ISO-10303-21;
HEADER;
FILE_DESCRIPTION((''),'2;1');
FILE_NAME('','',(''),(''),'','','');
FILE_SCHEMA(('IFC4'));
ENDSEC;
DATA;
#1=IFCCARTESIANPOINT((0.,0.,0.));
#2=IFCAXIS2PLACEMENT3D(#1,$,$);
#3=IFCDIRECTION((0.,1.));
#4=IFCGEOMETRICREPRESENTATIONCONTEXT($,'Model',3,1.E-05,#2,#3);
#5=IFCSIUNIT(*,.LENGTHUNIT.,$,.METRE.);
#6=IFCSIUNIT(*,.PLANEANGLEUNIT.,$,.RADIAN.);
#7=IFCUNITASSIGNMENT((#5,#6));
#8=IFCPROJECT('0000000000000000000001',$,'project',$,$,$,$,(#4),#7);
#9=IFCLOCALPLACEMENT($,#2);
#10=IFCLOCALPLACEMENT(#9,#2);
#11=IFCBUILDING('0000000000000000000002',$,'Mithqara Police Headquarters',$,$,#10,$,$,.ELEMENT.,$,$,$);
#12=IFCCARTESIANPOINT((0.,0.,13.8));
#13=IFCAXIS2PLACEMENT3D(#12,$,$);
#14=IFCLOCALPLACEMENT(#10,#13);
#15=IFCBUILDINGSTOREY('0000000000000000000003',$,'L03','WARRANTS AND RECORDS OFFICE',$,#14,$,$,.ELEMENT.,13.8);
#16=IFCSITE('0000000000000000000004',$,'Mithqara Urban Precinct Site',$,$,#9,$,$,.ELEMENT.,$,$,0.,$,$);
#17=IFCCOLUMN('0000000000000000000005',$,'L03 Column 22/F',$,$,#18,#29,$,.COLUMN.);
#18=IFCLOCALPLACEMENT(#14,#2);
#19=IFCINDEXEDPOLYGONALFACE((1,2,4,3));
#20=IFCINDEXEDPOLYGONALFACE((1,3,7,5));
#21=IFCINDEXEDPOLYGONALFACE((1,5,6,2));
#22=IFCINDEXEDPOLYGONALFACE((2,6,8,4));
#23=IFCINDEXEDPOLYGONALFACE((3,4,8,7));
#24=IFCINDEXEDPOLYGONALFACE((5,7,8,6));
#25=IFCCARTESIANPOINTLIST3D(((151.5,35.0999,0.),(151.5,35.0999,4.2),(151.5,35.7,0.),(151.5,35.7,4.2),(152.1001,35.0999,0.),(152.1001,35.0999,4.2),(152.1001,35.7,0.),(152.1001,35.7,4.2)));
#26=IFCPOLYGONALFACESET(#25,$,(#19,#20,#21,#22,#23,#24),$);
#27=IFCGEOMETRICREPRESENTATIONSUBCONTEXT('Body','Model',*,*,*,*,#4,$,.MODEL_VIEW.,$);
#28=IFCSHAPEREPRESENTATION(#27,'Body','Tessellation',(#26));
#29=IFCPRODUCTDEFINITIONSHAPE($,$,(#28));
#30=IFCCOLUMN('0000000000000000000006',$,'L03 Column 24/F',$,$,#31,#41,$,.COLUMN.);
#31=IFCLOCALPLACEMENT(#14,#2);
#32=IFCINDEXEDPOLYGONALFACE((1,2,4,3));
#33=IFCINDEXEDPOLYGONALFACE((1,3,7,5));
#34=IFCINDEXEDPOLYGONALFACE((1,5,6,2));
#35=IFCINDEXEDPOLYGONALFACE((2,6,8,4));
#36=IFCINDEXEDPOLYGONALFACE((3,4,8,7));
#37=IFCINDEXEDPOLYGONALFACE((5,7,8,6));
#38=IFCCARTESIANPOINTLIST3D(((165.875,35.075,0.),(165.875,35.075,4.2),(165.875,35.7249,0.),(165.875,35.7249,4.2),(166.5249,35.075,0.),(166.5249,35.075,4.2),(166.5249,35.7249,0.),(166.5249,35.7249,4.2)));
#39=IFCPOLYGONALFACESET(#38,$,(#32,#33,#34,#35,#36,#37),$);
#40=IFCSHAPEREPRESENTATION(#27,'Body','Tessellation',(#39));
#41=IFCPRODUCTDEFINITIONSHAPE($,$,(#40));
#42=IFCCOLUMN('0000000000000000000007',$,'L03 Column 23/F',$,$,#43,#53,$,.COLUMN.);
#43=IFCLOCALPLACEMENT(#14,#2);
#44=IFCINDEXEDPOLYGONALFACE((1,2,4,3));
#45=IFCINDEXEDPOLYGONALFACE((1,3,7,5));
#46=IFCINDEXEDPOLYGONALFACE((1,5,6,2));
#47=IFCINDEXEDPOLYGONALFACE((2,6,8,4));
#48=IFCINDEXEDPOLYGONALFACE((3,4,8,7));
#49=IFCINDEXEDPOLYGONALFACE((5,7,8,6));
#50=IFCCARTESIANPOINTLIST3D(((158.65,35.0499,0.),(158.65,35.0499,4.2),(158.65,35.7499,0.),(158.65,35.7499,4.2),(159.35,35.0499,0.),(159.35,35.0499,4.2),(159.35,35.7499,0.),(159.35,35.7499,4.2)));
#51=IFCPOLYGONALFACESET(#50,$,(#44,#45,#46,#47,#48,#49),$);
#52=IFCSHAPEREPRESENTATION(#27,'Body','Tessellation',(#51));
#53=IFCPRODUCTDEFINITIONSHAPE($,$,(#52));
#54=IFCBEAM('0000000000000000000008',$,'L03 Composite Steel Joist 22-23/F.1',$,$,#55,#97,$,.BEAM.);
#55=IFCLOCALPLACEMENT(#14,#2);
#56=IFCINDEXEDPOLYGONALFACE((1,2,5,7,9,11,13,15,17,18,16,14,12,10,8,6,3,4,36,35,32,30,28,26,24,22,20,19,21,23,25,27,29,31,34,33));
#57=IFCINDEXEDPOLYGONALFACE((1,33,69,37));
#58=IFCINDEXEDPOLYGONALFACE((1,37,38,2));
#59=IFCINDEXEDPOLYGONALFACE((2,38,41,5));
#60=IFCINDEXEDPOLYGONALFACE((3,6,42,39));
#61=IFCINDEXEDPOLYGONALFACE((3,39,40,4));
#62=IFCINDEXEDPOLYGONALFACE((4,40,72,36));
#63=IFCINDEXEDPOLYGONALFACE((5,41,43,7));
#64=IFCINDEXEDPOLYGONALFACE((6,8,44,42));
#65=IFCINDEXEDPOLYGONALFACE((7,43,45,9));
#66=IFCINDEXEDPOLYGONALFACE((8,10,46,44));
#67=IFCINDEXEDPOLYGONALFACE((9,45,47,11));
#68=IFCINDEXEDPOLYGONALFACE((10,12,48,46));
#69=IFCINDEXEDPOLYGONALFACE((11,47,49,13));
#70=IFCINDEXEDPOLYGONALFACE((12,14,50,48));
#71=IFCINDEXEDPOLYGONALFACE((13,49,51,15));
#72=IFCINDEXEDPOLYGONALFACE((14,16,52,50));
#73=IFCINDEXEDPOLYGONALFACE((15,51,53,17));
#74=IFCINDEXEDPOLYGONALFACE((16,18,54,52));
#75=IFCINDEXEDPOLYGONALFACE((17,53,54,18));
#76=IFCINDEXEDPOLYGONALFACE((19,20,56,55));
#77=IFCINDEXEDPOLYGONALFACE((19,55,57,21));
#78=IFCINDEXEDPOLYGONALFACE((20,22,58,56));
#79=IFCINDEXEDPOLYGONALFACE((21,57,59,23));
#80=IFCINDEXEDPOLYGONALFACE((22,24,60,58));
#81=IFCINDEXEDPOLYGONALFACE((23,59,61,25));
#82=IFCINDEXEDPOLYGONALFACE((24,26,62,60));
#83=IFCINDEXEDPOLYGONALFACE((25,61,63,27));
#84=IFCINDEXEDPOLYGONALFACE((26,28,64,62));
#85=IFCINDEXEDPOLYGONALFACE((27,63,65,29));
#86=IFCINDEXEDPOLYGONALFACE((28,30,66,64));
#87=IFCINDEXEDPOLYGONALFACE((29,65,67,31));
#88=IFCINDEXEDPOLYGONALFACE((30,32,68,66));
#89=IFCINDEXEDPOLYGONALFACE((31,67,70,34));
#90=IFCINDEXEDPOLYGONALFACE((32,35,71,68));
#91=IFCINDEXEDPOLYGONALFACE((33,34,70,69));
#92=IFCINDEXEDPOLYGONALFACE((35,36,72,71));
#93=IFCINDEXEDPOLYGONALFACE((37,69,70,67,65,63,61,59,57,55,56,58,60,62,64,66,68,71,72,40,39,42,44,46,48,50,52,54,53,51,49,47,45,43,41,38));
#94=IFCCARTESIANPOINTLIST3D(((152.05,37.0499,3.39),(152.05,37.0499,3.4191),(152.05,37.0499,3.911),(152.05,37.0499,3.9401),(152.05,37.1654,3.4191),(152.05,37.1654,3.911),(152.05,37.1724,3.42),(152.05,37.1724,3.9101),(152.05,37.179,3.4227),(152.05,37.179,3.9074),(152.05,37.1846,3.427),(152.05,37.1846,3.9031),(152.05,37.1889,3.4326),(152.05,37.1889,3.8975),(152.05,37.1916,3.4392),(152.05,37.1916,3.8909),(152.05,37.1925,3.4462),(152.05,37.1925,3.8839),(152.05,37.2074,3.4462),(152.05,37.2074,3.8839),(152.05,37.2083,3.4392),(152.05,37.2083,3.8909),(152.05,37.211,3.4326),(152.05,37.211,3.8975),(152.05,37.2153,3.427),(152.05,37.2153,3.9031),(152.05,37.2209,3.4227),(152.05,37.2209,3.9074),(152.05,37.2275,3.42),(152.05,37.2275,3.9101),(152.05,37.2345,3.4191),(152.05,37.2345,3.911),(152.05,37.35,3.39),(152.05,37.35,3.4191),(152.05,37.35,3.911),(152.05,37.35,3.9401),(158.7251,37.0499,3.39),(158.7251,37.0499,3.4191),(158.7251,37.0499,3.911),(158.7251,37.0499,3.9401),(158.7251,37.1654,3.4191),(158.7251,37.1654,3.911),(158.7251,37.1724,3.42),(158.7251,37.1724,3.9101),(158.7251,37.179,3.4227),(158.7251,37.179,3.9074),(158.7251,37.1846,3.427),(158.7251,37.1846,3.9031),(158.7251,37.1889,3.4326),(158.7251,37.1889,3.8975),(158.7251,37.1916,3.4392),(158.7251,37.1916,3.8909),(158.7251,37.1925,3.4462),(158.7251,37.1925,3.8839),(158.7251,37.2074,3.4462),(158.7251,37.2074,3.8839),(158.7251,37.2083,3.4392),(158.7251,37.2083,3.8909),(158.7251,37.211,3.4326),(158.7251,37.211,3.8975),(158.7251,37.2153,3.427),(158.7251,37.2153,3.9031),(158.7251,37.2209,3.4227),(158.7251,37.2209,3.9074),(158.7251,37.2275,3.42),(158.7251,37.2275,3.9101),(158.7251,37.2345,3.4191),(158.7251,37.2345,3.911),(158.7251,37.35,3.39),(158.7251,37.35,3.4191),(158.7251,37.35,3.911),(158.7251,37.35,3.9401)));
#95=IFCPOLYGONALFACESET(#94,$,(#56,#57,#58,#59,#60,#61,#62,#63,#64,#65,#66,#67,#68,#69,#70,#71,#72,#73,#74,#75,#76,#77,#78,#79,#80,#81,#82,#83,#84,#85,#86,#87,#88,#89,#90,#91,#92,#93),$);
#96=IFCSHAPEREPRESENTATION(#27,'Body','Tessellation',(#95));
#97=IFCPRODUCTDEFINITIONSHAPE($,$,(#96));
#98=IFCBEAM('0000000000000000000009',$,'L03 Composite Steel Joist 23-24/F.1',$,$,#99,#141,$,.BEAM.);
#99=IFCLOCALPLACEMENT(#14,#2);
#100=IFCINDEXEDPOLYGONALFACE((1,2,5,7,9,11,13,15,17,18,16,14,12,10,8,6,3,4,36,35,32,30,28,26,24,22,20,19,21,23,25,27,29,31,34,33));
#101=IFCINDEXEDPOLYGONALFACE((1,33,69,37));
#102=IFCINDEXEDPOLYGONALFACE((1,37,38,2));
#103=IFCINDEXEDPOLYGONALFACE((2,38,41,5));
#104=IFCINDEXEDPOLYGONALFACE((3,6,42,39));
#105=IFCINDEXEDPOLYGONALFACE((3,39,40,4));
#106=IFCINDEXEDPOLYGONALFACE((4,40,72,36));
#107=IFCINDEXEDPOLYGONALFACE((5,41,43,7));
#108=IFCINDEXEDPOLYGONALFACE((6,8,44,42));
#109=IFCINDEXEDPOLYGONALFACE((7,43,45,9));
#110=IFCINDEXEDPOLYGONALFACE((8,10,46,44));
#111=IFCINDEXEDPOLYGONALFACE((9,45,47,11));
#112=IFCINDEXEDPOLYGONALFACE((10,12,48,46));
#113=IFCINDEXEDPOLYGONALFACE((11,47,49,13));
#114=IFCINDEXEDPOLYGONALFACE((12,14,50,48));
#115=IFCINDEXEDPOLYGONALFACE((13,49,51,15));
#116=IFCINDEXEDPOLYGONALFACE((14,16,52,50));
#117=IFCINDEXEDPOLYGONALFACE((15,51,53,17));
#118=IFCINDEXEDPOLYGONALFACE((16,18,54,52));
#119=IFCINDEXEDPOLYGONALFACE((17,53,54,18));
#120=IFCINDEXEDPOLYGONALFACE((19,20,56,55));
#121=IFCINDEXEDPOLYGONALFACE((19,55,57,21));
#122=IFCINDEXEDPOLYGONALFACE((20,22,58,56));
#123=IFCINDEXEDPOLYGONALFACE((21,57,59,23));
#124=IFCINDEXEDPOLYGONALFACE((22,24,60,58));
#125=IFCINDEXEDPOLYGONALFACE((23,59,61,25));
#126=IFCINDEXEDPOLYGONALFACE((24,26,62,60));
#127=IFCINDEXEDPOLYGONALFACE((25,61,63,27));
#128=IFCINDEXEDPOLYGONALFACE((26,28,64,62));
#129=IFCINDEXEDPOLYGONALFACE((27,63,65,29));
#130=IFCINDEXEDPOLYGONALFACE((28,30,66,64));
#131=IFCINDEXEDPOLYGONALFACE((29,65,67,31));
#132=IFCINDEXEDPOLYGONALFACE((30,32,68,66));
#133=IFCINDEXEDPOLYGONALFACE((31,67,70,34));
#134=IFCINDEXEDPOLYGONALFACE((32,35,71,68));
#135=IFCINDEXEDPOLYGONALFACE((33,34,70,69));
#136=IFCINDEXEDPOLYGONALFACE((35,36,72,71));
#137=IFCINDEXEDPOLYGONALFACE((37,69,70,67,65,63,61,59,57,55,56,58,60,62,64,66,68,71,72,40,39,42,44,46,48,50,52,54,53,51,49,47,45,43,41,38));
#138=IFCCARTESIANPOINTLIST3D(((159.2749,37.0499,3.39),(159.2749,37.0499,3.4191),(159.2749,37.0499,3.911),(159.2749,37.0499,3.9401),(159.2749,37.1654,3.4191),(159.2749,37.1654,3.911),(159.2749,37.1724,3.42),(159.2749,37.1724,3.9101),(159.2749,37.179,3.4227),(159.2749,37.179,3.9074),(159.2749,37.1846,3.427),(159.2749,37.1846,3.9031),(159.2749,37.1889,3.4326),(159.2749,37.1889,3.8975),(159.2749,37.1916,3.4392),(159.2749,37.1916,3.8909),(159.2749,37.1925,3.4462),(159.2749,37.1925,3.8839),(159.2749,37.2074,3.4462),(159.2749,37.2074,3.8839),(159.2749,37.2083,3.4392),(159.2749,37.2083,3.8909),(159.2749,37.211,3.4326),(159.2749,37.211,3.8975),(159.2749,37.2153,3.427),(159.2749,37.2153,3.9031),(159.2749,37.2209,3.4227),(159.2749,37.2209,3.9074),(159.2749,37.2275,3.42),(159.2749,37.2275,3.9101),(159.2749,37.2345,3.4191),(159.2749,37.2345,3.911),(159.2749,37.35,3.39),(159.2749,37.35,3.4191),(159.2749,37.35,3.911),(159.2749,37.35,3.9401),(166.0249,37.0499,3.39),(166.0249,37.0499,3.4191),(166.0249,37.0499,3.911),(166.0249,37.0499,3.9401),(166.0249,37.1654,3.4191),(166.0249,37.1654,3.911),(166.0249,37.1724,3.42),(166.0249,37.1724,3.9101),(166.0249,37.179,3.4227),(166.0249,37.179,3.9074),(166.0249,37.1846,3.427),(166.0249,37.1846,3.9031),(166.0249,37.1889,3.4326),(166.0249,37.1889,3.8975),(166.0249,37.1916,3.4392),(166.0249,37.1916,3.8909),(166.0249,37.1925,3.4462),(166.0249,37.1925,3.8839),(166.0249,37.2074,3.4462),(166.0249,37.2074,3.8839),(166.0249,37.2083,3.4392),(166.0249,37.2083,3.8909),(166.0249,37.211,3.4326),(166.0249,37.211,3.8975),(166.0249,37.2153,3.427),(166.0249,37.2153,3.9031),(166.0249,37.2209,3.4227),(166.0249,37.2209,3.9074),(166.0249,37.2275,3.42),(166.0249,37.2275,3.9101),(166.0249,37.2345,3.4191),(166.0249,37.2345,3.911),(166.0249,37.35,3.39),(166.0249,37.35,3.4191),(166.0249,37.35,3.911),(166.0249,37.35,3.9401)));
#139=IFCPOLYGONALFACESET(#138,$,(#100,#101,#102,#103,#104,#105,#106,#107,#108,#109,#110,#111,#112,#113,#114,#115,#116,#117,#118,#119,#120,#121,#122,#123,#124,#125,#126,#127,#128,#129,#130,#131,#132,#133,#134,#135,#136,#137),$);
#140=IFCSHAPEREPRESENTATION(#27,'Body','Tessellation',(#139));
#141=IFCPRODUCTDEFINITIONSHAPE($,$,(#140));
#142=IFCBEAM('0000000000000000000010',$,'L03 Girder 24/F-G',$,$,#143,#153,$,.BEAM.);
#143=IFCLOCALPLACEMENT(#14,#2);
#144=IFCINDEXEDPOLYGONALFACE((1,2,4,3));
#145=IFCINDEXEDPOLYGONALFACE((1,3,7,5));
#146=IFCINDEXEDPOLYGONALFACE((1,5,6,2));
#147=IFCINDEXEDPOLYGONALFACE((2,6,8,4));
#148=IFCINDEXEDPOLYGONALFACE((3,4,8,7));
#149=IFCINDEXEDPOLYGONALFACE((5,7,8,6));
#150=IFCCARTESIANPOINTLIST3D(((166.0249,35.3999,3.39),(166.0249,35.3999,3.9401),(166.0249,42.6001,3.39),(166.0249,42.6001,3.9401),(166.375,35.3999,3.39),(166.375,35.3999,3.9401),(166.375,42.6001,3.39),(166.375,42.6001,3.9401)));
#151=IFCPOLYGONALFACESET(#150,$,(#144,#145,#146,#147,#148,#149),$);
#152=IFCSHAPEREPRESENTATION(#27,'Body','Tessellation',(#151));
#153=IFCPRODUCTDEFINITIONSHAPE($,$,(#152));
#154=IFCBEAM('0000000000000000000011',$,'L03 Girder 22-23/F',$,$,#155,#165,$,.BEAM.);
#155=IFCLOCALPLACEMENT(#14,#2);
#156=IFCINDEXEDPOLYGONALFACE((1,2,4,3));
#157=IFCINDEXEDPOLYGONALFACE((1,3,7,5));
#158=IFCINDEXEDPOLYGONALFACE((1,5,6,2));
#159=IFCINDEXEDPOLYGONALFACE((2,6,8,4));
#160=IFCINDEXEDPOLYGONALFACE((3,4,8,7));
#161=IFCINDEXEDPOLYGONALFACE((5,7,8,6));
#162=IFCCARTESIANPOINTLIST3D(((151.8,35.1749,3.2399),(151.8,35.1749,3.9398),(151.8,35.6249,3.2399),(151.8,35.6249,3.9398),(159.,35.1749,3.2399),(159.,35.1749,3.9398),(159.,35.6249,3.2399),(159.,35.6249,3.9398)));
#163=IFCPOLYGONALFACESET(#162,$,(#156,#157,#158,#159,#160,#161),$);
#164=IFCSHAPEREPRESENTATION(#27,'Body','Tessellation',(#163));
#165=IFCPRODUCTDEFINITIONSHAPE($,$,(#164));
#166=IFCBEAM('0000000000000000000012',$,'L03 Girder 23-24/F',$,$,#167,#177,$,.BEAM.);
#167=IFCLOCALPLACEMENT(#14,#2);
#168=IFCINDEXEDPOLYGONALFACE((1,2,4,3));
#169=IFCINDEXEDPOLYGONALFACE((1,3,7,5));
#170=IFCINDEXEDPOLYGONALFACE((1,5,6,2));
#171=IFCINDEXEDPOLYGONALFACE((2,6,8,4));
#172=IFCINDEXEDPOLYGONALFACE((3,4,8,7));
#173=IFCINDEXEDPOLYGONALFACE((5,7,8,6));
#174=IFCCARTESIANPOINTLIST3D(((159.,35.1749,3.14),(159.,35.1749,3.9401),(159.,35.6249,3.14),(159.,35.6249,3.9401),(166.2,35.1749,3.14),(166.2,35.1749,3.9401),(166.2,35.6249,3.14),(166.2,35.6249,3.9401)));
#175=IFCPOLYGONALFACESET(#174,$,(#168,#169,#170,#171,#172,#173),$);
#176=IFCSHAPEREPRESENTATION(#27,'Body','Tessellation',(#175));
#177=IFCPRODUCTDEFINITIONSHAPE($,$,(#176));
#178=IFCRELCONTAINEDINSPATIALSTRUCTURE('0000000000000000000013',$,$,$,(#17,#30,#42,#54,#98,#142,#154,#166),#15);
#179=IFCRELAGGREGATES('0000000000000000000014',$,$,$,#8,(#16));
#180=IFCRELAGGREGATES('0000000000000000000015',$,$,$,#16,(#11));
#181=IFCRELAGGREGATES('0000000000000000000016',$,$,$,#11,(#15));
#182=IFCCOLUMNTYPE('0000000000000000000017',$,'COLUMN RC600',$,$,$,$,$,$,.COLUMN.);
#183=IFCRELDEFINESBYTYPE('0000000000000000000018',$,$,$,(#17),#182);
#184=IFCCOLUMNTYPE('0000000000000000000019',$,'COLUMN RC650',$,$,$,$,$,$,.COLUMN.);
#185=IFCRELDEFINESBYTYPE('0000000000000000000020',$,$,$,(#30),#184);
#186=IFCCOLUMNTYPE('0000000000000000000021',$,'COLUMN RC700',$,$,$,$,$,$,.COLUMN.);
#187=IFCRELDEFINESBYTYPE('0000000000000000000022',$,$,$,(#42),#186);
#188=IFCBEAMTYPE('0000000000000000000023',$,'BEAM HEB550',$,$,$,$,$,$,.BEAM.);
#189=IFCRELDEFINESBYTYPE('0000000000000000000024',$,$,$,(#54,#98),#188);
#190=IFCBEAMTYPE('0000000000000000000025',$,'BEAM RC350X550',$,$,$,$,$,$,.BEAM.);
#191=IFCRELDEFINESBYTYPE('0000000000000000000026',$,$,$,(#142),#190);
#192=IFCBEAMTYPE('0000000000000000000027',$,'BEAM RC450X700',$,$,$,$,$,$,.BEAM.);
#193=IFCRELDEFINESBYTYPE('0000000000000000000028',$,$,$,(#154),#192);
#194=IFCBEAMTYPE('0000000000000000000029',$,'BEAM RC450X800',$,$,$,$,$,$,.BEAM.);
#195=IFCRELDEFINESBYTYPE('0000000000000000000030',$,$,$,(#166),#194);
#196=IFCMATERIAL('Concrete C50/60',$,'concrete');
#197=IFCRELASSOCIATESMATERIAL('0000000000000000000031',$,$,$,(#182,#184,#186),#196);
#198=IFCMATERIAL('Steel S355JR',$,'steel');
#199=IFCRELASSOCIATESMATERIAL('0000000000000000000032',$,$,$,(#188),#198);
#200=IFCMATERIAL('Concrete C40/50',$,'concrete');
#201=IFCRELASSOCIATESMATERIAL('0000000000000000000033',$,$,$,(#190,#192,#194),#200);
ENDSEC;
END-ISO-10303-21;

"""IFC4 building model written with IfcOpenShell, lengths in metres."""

from ifc_helpers import new_model, si_unit, direction, frame, origin, origin_2d, place, context, subcontext, project, spatial, rectangle, i_section, extrude, material, material_profile, profile_set, type_object, element, save


model = new_model("IFC4")

# Units and contexts
model_context = context("Model", 3, precision=1e-05, world=origin(), true_north=direction((0.0, 1.0)))
body_context = subcontext(model_context, "Body", "Model", "MODEL_VIEW")
ifc_project = project(units=[si_unit("LENGTHUNIT", "METRE"), si_unit("PLANEANGLEUNIT", "RADIAN")], contexts=[model_context])

# Site, building, storey
site_placement = place(None, origin())
site = spatial("IfcSite", under=ifc_project, at=site_placement, Name="Mithqara Urban Precinct Site", CompositionType="ELEMENT", RefElevation=0.0)
building_placement = place(site_placement, origin())
building = spatial("IfcBuilding", under=site, at=building_placement, Name="Mithqara Police Headquarters", CompositionType="ELEMENT")
storey_placement = place(building_placement, frame((0.0, 0.0, 13.8)))
storey = spatial("IfcBuildingStorey", under=building, at=storey_placement, Name="L03", Description="WARRANTS AND RECORDS OFFICE", CompositionType="ELEMENT", Elevation=13.8)

# Columns
ifc_material_1 = material(Name="Concrete C50/60", Category="concrete")
ifc_material_profile_1 = material_profile(ifc_material_1, rectangle(XDim=0.6001, YDim=0.6001, at=origin_2d()), Name="RC 600x600")
ifc_profile_set_1 = profile_set([ifc_material_profile_1], Name="Concrete C50/60")
column_type_1 = type_object("IfcColumnType", Name="COLUMN RC600", PredefinedType="COLUMN", material=ifc_profile_set_1)
column_1_placement = place(storey_placement, frame((151.8, 35.3999, 0.0), z_axis=(0.0, 0.0, 1.0), x_axis=(1.0, 0.0, 0.0)))
element("IfcColumn", 1, at=column_1_placement, inside=storey, type_object=column_type_1, Name="L03 Column 22/F", PredefinedType="COLUMN", context=body_context, shape_type="SweptSolid", body=[
    extrude(rectangle(XDim=0.6001, YDim=0.6001, at=origin_2d()), origin(), (0.0, 0.0, 1.0), 4.2),
])
ifc_material_profile_2 = material_profile(ifc_material_1, rectangle(XDim=0.6499, YDim=0.6499, at=origin_2d()), Name="RC 650x650")
ifc_profile_set_2 = profile_set([ifc_material_profile_2], Name="Concrete C50/60")
column_type_2 = type_object("IfcColumnType", Name="COLUMN RC650", PredefinedType="COLUMN", material=ifc_profile_set_2)
column_2_placement = place(storey_placement, frame((166.2, 35.3999, 0.0), z_axis=(0.0, 0.0, 1.0), x_axis=(1.0, 0.0, 0.0)))
element("IfcColumn", 2, at=column_2_placement, inside=storey, type_object=column_type_2, Name="L03 Column 24/F", PredefinedType="COLUMN", context=body_context, shape_type="SweptSolid", body=[
    extrude(rectangle(XDim=0.6499, YDim=0.6499, at=origin_2d()), origin(), (0.0, 0.0, 1.0), 4.2),
])
ifc_material_profile_3 = material_profile(ifc_material_1, rectangle(XDim=0.7, YDim=0.7, at=origin_2d()), Name="RC 700x700")
ifc_profile_set_3 = profile_set([ifc_material_profile_3], Name="Concrete C50/60")
column_type_3 = type_object("IfcColumnType", Name="COLUMN RC700", PredefinedType="COLUMN", material=ifc_profile_set_3)
column_3_placement = place(storey_placement, frame((159.0, 35.3999, 0.0), z_axis=(0.0, 0.0, 1.0), x_axis=(1.0, 0.0, 0.0)))
element("IfcColumn", 3, at=column_3_placement, inside=storey, type_object=column_type_3, Name="L03 Column 23/F", PredefinedType="COLUMN", context=body_context, shape_type="SweptSolid", body=[
    extrude(rectangle(XDim=0.7, YDim=0.7, at=origin_2d()), origin(), (0.0, 0.0, 1.0), 4.2),
])

# Beams
ifc_material_2 = material(Name="Steel S355JR", Category="steel")
ifc_material_profile_4 = material_profile(ifc_material_2, i_section(OverallWidth=0.3, OverallDepth=0.55, WebThickness=0.0149, FlangeThickness=0.0291, FilletRadius=0.0271, at=origin_2d()), Name="HEB 550")
ifc_profile_set_4 = profile_set([ifc_material_profile_4], Name="Steel S355JR")
beam_type_1 = type_object("IfcBeamType", Name="BEAM HEB550", PredefinedType="BEAM", material=ifc_profile_set_4)
beam_1_placement = place(storey_placement, frame((152.05, 37.2, 3.665), z_axis=(1.0, 0.0, 0.0), x_axis=(0.0, 1.0, 0.0)))
element("IfcBeam", 4, at=beam_1_placement, inside=storey, type_object=beam_type_1, Name="L03 Composite Steel Joist 22-23/F.1", PredefinedType="BEAM", context=body_context, shape_type="SweptSolid", body=[
    extrude(i_section(OverallWidth=0.3, OverallDepth=0.55, WebThickness=0.0149, FlangeThickness=0.0291, FilletRadius=0.0271, at=origin_2d()), origin(), (0.0, 0.0, 1.0), 6.675),
])
beam_2_placement = place(storey_placement, frame((159.2749, 37.2, 3.665), z_axis=(1.0, 0.0, 0.0), x_axis=(0.0, 1.0, 0.0)))
element("IfcBeam", 5, at=beam_2_placement, inside=storey, type_object=beam_type_1, Name="L03 Composite Steel Joist 23-24/F.1", PredefinedType="BEAM", context=body_context, shape_type="SweptSolid", body=[
    extrude(i_section(OverallWidth=0.3, OverallDepth=0.55, WebThickness=0.0149, FlangeThickness=0.0291, FilletRadius=0.0271, at=origin_2d()), origin(), (0.0, 0.0, 1.0), 6.75),
])
ifc_material_3 = material(Name="Concrete C40/50", Category="concrete")
ifc_material_profile_5 = material_profile(ifc_material_3, rectangle(XDim=0.3501, YDim=0.55, at=origin_2d()), Name="RC 350x550")
ifc_profile_set_5 = profile_set([ifc_material_profile_5], Name="Concrete C40/50")
beam_type_2 = type_object("IfcBeamType", Name="BEAM RC350X550", PredefinedType="BEAM", material=ifc_profile_set_5)
beam_3_placement = place(storey_placement, frame((166.2, 35.3999, 3.665), z_axis=(0.0, 1.0, 0.0), x_axis=(-1.0, 0.0, 0.0)))
element("IfcBeam", 6, at=beam_3_placement, inside=storey, type_object=beam_type_2, Name="L03 Girder 24/F-G", PredefinedType="BEAM", context=body_context, shape_type="SweptSolid", body=[
    extrude(rectangle(XDim=0.3501, YDim=0.55, at=origin_2d()), origin(), (0.0, 0.0, 1.0), 7.2002),
])
ifc_material_profile_6 = material_profile(ifc_material_3, rectangle(XDim=0.45, YDim=0.7, at=origin_2d()), Name="RC 450x700")
ifc_profile_set_6 = profile_set([ifc_material_profile_6], Name="Concrete C40/50")
beam_type_3 = type_object("IfcBeamType", Name="BEAM RC450X700", PredefinedType="BEAM", material=ifc_profile_set_6)
beam_4_placement = place(storey_placement, frame((151.8, 35.3999, 3.5898), z_axis=(1.0, 0.0, 0.0), x_axis=(0.0, 1.0, 0.0)))
element("IfcBeam", 7, at=beam_4_placement, inside=storey, type_object=beam_type_3, Name="L03 Girder 22-23/F", PredefinedType="BEAM", context=body_context, shape_type="SweptSolid", body=[
    extrude(rectangle(XDim=0.45, YDim=0.7, at=origin_2d()), origin(), (0.0, 0.0, 1.0), 7.2),
])
ifc_material_profile_7 = material_profile(ifc_material_3, rectangle(XDim=0.45, YDim=0.8, at=origin_2d()), Name="RC 450x800")
ifc_profile_set_7 = profile_set([ifc_material_profile_7], Name="Concrete C40/50")
beam_type_4 = type_object("IfcBeamType", Name="BEAM RC450X800", PredefinedType="BEAM", material=ifc_profile_set_7)
beam_5_placement = place(storey_placement, frame((159.0, 35.3999, 3.54), z_axis=(1.0, 0.0, 0.0), x_axis=(0.0, 1.0, 0.0)))
element("IfcBeam", 8, at=beam_5_placement, inside=storey, type_object=beam_type_4, Name="L03 Girder 23-24/F", PredefinedType="BEAM", context=body_context, shape_type="SweptSolid", body=[
    extrude(rectangle(XDim=0.45, YDim=0.8, at=origin_2d()), origin(), (0.0, 0.0, 1.0), 7.2),
])

save(model, "model.ifc")
